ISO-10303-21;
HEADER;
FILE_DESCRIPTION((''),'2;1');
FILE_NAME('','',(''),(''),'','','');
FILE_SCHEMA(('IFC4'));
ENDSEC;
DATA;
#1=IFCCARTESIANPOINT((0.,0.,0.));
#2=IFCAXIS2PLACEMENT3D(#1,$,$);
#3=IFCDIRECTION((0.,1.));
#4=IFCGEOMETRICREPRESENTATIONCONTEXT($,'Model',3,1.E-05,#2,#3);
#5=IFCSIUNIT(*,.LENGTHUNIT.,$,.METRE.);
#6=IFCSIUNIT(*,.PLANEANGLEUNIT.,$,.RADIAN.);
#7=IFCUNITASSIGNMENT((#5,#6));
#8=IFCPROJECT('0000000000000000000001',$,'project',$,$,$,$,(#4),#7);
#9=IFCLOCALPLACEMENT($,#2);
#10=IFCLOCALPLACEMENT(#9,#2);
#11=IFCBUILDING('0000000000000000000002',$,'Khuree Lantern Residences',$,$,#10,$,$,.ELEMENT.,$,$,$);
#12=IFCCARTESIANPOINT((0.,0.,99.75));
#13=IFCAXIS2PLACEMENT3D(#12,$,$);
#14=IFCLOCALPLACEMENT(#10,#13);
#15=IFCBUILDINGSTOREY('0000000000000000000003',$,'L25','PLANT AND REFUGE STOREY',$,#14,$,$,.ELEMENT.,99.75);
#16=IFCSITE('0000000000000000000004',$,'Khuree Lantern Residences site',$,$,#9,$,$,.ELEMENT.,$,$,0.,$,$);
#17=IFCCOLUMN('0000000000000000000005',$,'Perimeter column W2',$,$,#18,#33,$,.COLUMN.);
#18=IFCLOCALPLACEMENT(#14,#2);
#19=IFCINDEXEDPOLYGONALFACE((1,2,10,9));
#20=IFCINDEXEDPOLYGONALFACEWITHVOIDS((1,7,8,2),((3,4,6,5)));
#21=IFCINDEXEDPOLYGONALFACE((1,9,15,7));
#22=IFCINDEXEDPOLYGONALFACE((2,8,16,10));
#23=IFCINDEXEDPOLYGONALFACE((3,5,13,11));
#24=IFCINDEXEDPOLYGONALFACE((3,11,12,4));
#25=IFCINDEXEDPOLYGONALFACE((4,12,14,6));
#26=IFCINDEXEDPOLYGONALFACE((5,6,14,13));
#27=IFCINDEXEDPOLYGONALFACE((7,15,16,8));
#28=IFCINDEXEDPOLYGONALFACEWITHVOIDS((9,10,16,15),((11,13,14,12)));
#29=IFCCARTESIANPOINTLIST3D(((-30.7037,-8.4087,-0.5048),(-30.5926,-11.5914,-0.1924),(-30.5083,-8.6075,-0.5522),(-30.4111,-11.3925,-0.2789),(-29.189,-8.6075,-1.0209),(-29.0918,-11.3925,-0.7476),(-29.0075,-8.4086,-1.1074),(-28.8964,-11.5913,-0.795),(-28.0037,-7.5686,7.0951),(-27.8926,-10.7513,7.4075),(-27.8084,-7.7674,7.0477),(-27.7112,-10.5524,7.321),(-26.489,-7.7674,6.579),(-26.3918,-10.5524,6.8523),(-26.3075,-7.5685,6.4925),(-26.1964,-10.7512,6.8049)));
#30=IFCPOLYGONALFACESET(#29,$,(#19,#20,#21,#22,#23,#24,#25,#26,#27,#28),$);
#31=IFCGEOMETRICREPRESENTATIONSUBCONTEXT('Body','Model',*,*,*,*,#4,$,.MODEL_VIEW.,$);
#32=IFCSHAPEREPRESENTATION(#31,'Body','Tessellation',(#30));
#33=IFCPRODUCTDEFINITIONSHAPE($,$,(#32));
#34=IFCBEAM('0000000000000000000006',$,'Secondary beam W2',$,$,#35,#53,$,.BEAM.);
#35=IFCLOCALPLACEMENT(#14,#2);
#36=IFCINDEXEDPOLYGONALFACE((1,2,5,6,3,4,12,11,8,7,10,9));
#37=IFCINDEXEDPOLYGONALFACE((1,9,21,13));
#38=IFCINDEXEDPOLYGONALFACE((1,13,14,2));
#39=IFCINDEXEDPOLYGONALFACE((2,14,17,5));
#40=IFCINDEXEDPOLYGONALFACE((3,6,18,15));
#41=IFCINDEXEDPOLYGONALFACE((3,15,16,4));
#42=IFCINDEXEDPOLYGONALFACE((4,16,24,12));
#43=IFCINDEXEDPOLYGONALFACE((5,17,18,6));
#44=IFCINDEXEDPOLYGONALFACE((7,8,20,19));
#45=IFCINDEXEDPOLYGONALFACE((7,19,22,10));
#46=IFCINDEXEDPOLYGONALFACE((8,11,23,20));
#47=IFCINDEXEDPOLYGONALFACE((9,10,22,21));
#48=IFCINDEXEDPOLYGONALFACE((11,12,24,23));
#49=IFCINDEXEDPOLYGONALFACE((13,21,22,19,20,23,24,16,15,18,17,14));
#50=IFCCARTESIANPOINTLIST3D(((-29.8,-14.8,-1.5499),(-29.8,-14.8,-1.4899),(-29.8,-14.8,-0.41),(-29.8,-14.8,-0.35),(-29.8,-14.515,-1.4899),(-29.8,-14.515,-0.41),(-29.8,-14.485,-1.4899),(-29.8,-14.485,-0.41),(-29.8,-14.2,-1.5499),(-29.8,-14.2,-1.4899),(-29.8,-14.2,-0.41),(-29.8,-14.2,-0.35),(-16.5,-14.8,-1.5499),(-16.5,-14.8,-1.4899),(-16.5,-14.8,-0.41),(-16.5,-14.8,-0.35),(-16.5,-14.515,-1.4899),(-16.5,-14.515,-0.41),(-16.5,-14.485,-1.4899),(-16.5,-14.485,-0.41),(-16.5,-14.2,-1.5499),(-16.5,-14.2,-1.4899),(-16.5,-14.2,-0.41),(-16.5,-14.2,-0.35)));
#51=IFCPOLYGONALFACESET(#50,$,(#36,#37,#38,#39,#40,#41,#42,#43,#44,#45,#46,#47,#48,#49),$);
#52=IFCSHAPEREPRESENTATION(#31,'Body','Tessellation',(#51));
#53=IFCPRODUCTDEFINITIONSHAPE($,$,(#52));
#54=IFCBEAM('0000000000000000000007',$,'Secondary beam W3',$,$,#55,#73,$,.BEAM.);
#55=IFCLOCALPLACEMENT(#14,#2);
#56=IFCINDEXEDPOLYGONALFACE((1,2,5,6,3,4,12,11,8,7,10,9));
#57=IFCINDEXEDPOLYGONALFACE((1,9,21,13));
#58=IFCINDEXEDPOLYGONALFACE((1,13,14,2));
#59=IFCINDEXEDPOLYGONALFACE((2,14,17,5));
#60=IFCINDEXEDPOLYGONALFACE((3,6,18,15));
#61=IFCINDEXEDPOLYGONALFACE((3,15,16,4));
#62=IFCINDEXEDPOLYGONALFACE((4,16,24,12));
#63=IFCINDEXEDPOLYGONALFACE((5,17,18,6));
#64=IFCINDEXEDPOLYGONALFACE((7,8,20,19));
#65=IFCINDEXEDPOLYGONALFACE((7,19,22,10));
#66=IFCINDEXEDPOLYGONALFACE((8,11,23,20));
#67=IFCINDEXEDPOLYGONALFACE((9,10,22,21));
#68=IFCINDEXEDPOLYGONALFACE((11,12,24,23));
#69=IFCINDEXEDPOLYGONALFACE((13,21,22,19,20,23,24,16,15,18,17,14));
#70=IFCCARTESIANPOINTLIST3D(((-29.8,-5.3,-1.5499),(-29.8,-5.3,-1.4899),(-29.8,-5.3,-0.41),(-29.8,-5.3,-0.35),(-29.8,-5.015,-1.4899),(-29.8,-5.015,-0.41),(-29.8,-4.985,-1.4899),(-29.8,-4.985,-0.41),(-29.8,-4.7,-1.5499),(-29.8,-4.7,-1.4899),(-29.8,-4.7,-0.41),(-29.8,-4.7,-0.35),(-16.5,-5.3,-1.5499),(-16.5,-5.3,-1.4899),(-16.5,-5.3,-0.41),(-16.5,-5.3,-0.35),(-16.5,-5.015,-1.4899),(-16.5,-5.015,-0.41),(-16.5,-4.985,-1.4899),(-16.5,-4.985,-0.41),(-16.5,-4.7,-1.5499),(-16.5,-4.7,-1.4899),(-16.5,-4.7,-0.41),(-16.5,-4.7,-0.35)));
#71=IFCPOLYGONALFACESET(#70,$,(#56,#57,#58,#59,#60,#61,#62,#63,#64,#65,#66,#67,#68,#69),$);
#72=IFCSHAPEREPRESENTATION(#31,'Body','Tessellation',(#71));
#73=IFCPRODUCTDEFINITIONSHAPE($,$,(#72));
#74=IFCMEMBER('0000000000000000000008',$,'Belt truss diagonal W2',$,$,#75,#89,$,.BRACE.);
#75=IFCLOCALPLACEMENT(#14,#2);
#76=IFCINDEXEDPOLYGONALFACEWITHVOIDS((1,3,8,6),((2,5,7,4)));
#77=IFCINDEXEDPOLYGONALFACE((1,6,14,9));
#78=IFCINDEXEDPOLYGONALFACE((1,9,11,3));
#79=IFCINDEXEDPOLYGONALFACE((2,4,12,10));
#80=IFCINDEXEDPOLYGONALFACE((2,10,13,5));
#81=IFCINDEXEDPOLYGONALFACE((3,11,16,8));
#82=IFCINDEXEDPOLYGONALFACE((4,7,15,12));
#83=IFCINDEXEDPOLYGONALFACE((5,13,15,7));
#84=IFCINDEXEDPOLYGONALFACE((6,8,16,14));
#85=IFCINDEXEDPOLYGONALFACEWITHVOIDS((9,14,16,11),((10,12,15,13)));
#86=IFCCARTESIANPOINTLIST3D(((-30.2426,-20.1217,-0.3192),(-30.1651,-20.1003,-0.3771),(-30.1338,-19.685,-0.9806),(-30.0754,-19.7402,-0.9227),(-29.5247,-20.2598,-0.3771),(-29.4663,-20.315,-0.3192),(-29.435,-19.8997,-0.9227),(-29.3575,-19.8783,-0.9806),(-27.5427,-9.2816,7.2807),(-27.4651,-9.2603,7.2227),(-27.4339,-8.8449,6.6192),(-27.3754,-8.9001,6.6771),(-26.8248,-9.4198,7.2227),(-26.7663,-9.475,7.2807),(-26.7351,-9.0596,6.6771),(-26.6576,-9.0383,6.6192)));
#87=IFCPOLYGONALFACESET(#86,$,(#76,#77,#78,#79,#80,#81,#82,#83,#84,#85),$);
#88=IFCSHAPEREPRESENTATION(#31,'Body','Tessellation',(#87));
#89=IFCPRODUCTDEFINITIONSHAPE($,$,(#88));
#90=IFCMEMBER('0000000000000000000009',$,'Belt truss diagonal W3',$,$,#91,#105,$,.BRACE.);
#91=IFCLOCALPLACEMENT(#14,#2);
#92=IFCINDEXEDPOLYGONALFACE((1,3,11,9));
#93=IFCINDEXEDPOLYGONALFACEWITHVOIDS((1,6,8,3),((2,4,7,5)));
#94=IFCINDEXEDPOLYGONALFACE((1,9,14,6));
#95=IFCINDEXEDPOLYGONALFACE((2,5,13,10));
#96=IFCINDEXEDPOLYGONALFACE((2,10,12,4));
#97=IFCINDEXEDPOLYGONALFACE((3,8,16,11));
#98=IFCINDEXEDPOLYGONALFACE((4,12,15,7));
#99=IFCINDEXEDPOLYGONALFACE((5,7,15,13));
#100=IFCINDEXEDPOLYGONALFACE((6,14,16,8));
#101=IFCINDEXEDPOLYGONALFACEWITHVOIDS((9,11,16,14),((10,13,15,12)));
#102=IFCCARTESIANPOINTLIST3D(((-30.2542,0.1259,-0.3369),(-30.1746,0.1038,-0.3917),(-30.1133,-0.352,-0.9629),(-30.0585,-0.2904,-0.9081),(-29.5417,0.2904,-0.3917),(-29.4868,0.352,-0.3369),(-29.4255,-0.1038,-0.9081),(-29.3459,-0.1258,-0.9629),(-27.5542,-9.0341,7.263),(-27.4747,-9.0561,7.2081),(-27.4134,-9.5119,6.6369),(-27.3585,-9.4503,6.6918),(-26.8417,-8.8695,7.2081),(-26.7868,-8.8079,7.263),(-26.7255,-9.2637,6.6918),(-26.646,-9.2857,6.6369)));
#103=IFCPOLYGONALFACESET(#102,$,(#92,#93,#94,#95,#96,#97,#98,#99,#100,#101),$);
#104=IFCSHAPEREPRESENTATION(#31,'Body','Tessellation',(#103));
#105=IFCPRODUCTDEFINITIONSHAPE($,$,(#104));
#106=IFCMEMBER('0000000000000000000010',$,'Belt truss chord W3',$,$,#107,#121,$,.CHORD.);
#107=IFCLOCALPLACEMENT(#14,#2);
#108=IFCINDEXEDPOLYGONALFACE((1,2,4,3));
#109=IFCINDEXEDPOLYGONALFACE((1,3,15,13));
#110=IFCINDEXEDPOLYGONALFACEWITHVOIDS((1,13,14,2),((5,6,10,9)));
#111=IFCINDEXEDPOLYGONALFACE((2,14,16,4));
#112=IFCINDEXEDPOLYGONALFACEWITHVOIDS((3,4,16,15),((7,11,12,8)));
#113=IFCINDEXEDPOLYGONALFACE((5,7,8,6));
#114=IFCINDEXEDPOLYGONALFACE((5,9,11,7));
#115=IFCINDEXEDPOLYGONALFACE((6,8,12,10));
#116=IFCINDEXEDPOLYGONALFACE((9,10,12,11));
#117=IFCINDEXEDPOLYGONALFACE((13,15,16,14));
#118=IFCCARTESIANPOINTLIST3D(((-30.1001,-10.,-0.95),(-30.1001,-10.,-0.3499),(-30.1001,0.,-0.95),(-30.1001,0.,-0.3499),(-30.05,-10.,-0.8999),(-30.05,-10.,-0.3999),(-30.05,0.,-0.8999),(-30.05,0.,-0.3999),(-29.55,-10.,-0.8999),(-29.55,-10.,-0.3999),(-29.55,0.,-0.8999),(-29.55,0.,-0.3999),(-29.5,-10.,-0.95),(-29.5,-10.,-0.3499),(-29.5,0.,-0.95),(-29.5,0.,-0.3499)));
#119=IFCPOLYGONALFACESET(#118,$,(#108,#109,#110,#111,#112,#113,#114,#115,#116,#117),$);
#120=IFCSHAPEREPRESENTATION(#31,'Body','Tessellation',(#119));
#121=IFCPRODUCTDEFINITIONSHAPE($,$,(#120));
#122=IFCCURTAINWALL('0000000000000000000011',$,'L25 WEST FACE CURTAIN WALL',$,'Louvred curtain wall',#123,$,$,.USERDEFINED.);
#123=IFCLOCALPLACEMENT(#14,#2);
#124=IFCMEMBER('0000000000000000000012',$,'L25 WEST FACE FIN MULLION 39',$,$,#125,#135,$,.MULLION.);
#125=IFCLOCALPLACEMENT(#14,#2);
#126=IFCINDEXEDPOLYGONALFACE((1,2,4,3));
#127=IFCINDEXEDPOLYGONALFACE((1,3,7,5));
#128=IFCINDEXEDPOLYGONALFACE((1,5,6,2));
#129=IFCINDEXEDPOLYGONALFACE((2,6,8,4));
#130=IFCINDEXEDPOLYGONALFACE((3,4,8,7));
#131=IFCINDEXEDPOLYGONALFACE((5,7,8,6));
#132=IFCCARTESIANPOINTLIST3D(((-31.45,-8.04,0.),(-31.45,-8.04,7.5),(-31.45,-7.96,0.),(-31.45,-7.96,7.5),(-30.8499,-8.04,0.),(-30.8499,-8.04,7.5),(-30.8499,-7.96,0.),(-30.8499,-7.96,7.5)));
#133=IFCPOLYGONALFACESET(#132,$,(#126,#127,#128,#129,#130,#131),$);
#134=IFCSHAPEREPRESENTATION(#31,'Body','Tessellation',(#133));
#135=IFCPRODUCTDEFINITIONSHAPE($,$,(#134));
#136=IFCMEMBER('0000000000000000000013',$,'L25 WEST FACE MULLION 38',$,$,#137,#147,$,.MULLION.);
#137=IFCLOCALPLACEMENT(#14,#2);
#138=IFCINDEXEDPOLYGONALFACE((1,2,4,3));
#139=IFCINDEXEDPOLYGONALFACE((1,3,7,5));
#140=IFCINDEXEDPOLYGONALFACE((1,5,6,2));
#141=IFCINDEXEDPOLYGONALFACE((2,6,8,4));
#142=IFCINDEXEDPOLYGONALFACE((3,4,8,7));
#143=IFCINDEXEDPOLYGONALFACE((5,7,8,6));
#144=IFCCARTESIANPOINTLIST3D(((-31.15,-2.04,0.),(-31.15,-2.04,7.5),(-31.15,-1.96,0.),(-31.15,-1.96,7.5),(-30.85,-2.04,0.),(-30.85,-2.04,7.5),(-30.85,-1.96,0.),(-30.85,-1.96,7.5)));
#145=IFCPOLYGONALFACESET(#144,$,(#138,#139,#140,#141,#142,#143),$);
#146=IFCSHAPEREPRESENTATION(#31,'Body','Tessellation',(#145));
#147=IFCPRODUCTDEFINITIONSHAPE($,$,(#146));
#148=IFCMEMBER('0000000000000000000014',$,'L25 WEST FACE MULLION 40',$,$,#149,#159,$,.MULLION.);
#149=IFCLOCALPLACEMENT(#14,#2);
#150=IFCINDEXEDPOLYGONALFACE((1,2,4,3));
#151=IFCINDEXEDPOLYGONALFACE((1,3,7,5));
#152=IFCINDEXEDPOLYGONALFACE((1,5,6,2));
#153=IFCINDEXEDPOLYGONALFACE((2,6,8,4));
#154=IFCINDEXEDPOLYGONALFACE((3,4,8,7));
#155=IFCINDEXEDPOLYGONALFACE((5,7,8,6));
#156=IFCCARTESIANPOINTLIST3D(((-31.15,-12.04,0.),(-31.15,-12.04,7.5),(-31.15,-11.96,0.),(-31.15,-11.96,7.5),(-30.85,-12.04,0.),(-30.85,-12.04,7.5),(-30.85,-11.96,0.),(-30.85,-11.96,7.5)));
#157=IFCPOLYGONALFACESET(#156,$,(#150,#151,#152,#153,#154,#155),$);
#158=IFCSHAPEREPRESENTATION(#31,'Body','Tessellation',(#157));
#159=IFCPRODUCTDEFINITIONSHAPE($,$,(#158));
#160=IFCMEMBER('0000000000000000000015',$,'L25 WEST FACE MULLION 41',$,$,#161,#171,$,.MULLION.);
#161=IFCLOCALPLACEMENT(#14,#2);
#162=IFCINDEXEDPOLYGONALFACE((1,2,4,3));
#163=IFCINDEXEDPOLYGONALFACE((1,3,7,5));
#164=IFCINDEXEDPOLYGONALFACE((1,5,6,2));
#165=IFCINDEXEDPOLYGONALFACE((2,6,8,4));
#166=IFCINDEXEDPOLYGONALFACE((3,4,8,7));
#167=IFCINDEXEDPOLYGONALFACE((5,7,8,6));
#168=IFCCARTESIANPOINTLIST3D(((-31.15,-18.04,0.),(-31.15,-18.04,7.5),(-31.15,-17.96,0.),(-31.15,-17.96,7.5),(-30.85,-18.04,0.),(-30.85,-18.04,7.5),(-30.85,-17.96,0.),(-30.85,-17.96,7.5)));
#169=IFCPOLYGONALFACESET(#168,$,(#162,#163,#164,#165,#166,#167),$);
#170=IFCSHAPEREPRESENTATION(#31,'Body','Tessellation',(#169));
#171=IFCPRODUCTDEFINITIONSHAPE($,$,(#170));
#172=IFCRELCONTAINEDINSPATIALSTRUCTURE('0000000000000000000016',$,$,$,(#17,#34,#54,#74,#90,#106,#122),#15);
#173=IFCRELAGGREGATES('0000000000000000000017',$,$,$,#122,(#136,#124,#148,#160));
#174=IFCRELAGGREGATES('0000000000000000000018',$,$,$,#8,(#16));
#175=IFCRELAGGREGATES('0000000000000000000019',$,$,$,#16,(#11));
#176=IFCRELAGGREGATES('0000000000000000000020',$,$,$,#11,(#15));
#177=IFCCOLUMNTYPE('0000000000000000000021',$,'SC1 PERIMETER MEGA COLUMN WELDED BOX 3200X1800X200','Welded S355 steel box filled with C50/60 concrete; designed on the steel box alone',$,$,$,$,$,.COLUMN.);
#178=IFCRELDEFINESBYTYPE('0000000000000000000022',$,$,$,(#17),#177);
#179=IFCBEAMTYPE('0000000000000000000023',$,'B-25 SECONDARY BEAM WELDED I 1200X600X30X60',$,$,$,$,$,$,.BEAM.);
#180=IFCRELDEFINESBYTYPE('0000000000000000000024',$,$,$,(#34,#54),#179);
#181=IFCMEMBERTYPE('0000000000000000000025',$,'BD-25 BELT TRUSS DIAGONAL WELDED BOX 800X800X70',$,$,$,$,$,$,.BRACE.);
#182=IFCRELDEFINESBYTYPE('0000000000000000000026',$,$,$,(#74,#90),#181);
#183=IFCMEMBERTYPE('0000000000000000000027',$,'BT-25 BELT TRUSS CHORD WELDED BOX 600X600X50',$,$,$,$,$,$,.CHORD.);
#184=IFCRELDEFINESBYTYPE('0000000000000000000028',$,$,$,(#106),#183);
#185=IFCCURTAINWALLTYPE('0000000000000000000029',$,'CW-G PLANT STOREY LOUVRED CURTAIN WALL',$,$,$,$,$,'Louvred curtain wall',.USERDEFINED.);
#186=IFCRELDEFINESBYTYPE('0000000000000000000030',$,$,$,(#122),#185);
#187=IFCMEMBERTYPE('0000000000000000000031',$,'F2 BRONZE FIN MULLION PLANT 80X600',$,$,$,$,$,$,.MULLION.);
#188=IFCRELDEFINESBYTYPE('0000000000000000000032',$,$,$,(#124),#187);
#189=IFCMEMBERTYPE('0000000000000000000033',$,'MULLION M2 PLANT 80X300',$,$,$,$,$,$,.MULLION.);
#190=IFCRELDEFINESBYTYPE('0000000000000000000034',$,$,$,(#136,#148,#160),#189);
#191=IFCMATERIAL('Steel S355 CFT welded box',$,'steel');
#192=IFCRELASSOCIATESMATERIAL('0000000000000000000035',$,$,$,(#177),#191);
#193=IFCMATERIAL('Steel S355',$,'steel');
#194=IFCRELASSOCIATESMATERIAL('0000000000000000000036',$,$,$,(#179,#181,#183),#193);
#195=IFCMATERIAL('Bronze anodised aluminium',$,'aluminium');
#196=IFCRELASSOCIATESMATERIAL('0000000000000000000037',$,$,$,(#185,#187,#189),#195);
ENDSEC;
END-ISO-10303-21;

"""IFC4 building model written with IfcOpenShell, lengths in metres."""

from ifc_helpers import new_model, si_unit, direction, frame, origin, origin_2d, place, context, subcontext, project, spatial, rectangle, hollow_rectangle, i_section, extrude, material, material_profile, profile_set, type_object, element, aggregate, save


model = new_model("IFC4")

# Units and contexts
model_context = context("Model", 3, precision=1e-05, world=origin(), true_north=direction((0.0, 1.0)))
body_context = subcontext(model_context, "Body", "Model", "MODEL_VIEW")
ifc_project = project(units=[si_unit("LENGTHUNIT", "METRE"), si_unit("PLANEANGLEUNIT", "RADIAN")], contexts=[model_context])

# Site, building, storey
site_placement = place(None, origin())
site = spatial("IfcSite", under=ifc_project, at=site_placement, Name="Khuree Lantern Residences site", CompositionType="ELEMENT", RefElevation=0.0)
building_placement = place(site_placement, origin())
building = spatial("IfcBuilding", under=site, at=building_placement, Name="Khuree Lantern Residences", CompositionType="ELEMENT")
storey_placement = place(building_placement, frame((0.0, 0.0, 99.75)))
storey = spatial("IfcBuildingStorey", under=building, at=storey_placement, Name="L25", Description="PLANT AND REFUGE STOREY", CompositionType="ELEMENT", Elevation=99.75)

# Column
ifc_material_1 = material(Name="Steel S355 CFT welded box", Category="steel")
ifc_material_profile_1 = material_profile(ifc_material_1, hollow_rectangle(XDim=3.2, YDim=1.8, WallThickness=0.2, at=origin_2d()), Name="WELDED BOX 3200X1800X200")
ifc_profile_set_1 = profile_set([ifc_material_profile_1], Name="Steel S355 CFT welded box")
column_type = type_object("IfcColumnType", Name="SC1 PERIMETER MEGA COLUMN WELDED BOX 3200X1800X200", Description="Welded S355 steel box filled with C50/60 concrete; designed on the steel box alone", PredefinedType="COLUMN", material=ifc_profile_set_1)
column_placement = place(storey_placement, frame((-29.8, -10.0, -0.6499), z_axis=(0.332964, 0.103602, 0.937231), x_axis=(-0.034713, 0.994619, -0.097613)))
element("IfcColumn", 1, at=column_placement, inside=storey, type_object=column_type, Name="Perimeter column W2", PredefinedType="COLUMN", context=body_context, shape_type="SweptSolid", body=[
    extrude(hollow_rectangle(XDim=3.2, YDim=1.8, WallThickness=0.2, at=origin_2d()), origin(), (0.0, 0.0, 1.0), 8.1089),
])

# Beams
ifc_material_2 = material(Name="Steel S355", Category="steel")
ifc_material_profile_2 = material_profile(ifc_material_2, i_section(OverallWidth=0.6001, OverallDepth=1.2, WebThickness=0.03, FlangeThickness=0.0601, at=origin_2d()), Name="WELDED I 1200X600X30X60")
ifc_profile_set_2 = profile_set([ifc_material_profile_2], Name="Steel S355")
beam_type = type_object("IfcBeamType", Name="B-25 SECONDARY BEAM WELDED I 1200X600X30X60", PredefinedType="BEAM", material=ifc_profile_set_2)
for number, where, z_axis, x_axis, name in (
    (2, (-29.8, -14.5, -0.95), (1.0, 0.0, 0.0), (0.0, 1.0, 0.0), "Secondary beam W2"),
    (3, (-29.8, -5.0, -0.95), (1.0, 0.0, 0.0), (0.0, 1.0, 0.0), "Secondary beam W3"),
):
    element("IfcBeam", number, at=place(storey_placement, frame(where, z_axis=z_axis, x_axis=x_axis)), inside=storey, type_object=beam_type, Name=name, PredefinedType="BEAM", context=body_context, shape_type="SweptSolid", body=[
        extrude(i_section(OverallWidth=0.6001, OverallDepth=1.2, WebThickness=0.03, FlangeThickness=0.0601, at=origin_2d()), origin(), (0.0, 0.0, 1.0), 13.3),
    ])

# Members
ifc_material_profile_3 = material_profile(ifc_material_2, hollow_rectangle(XDim=0.8, YDim=0.8, WallThickness=0.0701, at=origin_2d()), Name="WELDED BOX 800X800X70")
ifc_profile_set_3 = profile_set([ifc_material_profile_3], Name="Steel S355")
member_type_1 = type_object("IfcMemberType", Name="BD-25 BELT TRUSS DIAGONAL WELDED BOX 800X800X70", PredefinedType="BRACE", material=ifc_profile_set_3)
member_1_placement = place(storey_placement, frame((-29.8, -20.0, -0.6499), z_axis=(0.199829, 0.802298, 0.562482), x_axis=(-0.970354, 0.241687, 0.0)))
element("IfcMember", 4, at=member_1_placement, inside=storey, type_object=member_type_1, Name="Belt truss diagonal W2", PredefinedType="BRACE", context=body_context, shape_type="SweptSolid", body=[
    extrude(hollow_rectangle(XDim=0.8, YDim=0.8, WallThickness=0.0701, at=origin_2d()), origin(), (0.0, 0.0, 1.0), 13.5112),
])
member_2_placement = place(storey_placement, frame((-27.1001, -9.1599, 6.95), z_axis=(-0.221225, 0.750531, -0.622706), x_axis=(-0.959199, -0.282731, 0.0)))
element("IfcMember", 5, at=member_2_placement, inside=storey, type_object=member_type_1, Name="Belt truss diagonal W3", PredefinedType="BRACE", context=body_context, shape_type="SweptSolid", body=[
    extrude(hollow_rectangle(XDim=0.8, YDim=0.8, WallThickness=0.0701, at=origin_2d()), origin(), (0.0, 0.0, 1.0), 12.2046),
])
ifc_material_profile_4 = material_profile(ifc_material_2, hollow_rectangle(XDim=0.6001, YDim=0.6001, WallThickness=0.05, at=origin_2d()), Name="WELDED BOX 600X600X50")
ifc_profile_set_4 = profile_set([ifc_material_profile_4], Name="Steel S355")
member_type_2 = type_object("IfcMemberType", Name="BT-25 BELT TRUSS CHORD WELDED BOX 600X600X50", PredefinedType="CHORD", material=ifc_profile_set_4)
member_3_placement = place(storey_placement, frame((-29.8, -10.0, -0.6499), z_axis=(0.0, 1.0, 0.0), x_axis=(-1.0, 0.0, 0.0)))
element("IfcMember", 6, at=member_3_placement, inside=storey, type_object=member_type_2, Name="Belt truss chord W3", PredefinedType="CHORD", context=body_context, shape_type="SweptSolid", body=[
    extrude(hollow_rectangle(XDim=0.6001, YDim=0.6001, WallThickness=0.05, at=origin_2d()), origin(), (0.0, 0.0, 1.0), 10.0),
])

# Curtain wall, members
ifc_material_3 = material(Name="Bronze anodised aluminium", Category="aluminium")
curtain_wall_type = type_object("IfcCurtainWallType", Name="CW-G PLANT STOREY LOUVRED CURTAIN WALL", ElementType="Louvred curtain wall", PredefinedType="USERDEFINED", material=ifc_material_3)
curtain_wall_placement = place(storey_placement, origin())
curtain_wall = element("IfcCurtainWall", 7, at=curtain_wall_placement, inside=storey, type_object=curtain_wall_type, Name="L25 WEST FACE CURTAIN WALL", ObjectType="Louvred curtain wall", PredefinedType="USERDEFINED")
ifc_material_profile_5 = material_profile(ifc_material_3, rectangle(XDim=0.0801, YDim=0.6001, at=origin_2d()), Name="F2 80X600")
ifc_profile_set_5 = profile_set([ifc_material_profile_5], Name="Bronze anodised aluminium")
member_type_3 = type_object("IfcMemberType", Name="F2 BRONZE FIN MULLION PLANT 80X600", PredefinedType="MULLION", material=ifc_profile_set_5)
member_4_placement = place(storey_placement, frame((-31.1499, -8.0, 0.0), z_axis=(0.0, 0.0, 1.0), x_axis=(0.0, -1.0, 0.0)))
member_4 = element("IfcMember", 8, at=member_4_placement, type_object=member_type_3, Name="L25 WEST FACE FIN MULLION 39", PredefinedType="MULLION", context=body_context, shape_type="SweptSolid", body=[
    extrude(rectangle(XDim=0.0801, YDim=0.6001, at=origin_2d()), origin(), (0.0, 0.0, 1.0), 7.5),
])
ifc_material_profile_6 = material_profile(ifc_material_3, rectangle(XDim=0.0801, YDim=0.3, at=origin_2d()), Name="M2 80X300")
ifc_profile_set_6 = profile_set([ifc_material_profile_6], Name="Bronze anodised aluminium")
member_type_4 = type_object("IfcMemberType", Name="MULLION M2 PLANT 80X300", PredefinedType="MULLION", material=ifc_profile_set_6)
member_5_placement = place(storey_placement, frame((-31.0, -2.0, 0.0), z_axis=(0.0, 0.0, 1.0), x_axis=(0.0, -1.0, 0.0)))
member_5 = element("IfcMember", 9, at=member_5_placement, type_object=member_type_4, Name="L25 WEST FACE MULLION 38", PredefinedType="MULLION", context=body_context, shape_type="SweptSolid", body=[
    extrude(rectangle(XDim=0.0801, YDim=0.3, at=origin_2d()), origin(), (0.0, 0.0, 1.0), 7.5),
])
member_6_placement = place(storey_placement, frame((-31.0, -12.0, 0.0), z_axis=(0.0, 0.0, 1.0), x_axis=(0.0, -1.0, 0.0)))
member_6 = element("IfcMember", 10, at=member_6_placement, type_object=member_type_4, Name="L25 WEST FACE MULLION 40", PredefinedType="MULLION", context=body_context, shape_type="SweptSolid", body=[
    extrude(rectangle(XDim=0.0801, YDim=0.3, at=origin_2d()), origin(), (0.0, 0.0, 1.0), 7.5),
])
member_7_placement = place(storey_placement, frame((-31.0, -18.0, 0.0), z_axis=(0.0, 0.0, 1.0), x_axis=(0.0, -1.0, 0.0)))
member_7 = element("IfcMember", 11, at=member_7_placement, type_object=member_type_4, Name="L25 WEST FACE MULLION 41", PredefinedType="MULLION", context=body_context, shape_type="SweptSolid", body=[
    extrude(rectangle(XDim=0.0801, YDim=0.3, at=origin_2d()), origin(), (0.0, 0.0, 1.0), 7.5),
])

aggregate(curtain_wall, [member_5, member_4, member_6, member_7])

save(model, "model.ifc")
